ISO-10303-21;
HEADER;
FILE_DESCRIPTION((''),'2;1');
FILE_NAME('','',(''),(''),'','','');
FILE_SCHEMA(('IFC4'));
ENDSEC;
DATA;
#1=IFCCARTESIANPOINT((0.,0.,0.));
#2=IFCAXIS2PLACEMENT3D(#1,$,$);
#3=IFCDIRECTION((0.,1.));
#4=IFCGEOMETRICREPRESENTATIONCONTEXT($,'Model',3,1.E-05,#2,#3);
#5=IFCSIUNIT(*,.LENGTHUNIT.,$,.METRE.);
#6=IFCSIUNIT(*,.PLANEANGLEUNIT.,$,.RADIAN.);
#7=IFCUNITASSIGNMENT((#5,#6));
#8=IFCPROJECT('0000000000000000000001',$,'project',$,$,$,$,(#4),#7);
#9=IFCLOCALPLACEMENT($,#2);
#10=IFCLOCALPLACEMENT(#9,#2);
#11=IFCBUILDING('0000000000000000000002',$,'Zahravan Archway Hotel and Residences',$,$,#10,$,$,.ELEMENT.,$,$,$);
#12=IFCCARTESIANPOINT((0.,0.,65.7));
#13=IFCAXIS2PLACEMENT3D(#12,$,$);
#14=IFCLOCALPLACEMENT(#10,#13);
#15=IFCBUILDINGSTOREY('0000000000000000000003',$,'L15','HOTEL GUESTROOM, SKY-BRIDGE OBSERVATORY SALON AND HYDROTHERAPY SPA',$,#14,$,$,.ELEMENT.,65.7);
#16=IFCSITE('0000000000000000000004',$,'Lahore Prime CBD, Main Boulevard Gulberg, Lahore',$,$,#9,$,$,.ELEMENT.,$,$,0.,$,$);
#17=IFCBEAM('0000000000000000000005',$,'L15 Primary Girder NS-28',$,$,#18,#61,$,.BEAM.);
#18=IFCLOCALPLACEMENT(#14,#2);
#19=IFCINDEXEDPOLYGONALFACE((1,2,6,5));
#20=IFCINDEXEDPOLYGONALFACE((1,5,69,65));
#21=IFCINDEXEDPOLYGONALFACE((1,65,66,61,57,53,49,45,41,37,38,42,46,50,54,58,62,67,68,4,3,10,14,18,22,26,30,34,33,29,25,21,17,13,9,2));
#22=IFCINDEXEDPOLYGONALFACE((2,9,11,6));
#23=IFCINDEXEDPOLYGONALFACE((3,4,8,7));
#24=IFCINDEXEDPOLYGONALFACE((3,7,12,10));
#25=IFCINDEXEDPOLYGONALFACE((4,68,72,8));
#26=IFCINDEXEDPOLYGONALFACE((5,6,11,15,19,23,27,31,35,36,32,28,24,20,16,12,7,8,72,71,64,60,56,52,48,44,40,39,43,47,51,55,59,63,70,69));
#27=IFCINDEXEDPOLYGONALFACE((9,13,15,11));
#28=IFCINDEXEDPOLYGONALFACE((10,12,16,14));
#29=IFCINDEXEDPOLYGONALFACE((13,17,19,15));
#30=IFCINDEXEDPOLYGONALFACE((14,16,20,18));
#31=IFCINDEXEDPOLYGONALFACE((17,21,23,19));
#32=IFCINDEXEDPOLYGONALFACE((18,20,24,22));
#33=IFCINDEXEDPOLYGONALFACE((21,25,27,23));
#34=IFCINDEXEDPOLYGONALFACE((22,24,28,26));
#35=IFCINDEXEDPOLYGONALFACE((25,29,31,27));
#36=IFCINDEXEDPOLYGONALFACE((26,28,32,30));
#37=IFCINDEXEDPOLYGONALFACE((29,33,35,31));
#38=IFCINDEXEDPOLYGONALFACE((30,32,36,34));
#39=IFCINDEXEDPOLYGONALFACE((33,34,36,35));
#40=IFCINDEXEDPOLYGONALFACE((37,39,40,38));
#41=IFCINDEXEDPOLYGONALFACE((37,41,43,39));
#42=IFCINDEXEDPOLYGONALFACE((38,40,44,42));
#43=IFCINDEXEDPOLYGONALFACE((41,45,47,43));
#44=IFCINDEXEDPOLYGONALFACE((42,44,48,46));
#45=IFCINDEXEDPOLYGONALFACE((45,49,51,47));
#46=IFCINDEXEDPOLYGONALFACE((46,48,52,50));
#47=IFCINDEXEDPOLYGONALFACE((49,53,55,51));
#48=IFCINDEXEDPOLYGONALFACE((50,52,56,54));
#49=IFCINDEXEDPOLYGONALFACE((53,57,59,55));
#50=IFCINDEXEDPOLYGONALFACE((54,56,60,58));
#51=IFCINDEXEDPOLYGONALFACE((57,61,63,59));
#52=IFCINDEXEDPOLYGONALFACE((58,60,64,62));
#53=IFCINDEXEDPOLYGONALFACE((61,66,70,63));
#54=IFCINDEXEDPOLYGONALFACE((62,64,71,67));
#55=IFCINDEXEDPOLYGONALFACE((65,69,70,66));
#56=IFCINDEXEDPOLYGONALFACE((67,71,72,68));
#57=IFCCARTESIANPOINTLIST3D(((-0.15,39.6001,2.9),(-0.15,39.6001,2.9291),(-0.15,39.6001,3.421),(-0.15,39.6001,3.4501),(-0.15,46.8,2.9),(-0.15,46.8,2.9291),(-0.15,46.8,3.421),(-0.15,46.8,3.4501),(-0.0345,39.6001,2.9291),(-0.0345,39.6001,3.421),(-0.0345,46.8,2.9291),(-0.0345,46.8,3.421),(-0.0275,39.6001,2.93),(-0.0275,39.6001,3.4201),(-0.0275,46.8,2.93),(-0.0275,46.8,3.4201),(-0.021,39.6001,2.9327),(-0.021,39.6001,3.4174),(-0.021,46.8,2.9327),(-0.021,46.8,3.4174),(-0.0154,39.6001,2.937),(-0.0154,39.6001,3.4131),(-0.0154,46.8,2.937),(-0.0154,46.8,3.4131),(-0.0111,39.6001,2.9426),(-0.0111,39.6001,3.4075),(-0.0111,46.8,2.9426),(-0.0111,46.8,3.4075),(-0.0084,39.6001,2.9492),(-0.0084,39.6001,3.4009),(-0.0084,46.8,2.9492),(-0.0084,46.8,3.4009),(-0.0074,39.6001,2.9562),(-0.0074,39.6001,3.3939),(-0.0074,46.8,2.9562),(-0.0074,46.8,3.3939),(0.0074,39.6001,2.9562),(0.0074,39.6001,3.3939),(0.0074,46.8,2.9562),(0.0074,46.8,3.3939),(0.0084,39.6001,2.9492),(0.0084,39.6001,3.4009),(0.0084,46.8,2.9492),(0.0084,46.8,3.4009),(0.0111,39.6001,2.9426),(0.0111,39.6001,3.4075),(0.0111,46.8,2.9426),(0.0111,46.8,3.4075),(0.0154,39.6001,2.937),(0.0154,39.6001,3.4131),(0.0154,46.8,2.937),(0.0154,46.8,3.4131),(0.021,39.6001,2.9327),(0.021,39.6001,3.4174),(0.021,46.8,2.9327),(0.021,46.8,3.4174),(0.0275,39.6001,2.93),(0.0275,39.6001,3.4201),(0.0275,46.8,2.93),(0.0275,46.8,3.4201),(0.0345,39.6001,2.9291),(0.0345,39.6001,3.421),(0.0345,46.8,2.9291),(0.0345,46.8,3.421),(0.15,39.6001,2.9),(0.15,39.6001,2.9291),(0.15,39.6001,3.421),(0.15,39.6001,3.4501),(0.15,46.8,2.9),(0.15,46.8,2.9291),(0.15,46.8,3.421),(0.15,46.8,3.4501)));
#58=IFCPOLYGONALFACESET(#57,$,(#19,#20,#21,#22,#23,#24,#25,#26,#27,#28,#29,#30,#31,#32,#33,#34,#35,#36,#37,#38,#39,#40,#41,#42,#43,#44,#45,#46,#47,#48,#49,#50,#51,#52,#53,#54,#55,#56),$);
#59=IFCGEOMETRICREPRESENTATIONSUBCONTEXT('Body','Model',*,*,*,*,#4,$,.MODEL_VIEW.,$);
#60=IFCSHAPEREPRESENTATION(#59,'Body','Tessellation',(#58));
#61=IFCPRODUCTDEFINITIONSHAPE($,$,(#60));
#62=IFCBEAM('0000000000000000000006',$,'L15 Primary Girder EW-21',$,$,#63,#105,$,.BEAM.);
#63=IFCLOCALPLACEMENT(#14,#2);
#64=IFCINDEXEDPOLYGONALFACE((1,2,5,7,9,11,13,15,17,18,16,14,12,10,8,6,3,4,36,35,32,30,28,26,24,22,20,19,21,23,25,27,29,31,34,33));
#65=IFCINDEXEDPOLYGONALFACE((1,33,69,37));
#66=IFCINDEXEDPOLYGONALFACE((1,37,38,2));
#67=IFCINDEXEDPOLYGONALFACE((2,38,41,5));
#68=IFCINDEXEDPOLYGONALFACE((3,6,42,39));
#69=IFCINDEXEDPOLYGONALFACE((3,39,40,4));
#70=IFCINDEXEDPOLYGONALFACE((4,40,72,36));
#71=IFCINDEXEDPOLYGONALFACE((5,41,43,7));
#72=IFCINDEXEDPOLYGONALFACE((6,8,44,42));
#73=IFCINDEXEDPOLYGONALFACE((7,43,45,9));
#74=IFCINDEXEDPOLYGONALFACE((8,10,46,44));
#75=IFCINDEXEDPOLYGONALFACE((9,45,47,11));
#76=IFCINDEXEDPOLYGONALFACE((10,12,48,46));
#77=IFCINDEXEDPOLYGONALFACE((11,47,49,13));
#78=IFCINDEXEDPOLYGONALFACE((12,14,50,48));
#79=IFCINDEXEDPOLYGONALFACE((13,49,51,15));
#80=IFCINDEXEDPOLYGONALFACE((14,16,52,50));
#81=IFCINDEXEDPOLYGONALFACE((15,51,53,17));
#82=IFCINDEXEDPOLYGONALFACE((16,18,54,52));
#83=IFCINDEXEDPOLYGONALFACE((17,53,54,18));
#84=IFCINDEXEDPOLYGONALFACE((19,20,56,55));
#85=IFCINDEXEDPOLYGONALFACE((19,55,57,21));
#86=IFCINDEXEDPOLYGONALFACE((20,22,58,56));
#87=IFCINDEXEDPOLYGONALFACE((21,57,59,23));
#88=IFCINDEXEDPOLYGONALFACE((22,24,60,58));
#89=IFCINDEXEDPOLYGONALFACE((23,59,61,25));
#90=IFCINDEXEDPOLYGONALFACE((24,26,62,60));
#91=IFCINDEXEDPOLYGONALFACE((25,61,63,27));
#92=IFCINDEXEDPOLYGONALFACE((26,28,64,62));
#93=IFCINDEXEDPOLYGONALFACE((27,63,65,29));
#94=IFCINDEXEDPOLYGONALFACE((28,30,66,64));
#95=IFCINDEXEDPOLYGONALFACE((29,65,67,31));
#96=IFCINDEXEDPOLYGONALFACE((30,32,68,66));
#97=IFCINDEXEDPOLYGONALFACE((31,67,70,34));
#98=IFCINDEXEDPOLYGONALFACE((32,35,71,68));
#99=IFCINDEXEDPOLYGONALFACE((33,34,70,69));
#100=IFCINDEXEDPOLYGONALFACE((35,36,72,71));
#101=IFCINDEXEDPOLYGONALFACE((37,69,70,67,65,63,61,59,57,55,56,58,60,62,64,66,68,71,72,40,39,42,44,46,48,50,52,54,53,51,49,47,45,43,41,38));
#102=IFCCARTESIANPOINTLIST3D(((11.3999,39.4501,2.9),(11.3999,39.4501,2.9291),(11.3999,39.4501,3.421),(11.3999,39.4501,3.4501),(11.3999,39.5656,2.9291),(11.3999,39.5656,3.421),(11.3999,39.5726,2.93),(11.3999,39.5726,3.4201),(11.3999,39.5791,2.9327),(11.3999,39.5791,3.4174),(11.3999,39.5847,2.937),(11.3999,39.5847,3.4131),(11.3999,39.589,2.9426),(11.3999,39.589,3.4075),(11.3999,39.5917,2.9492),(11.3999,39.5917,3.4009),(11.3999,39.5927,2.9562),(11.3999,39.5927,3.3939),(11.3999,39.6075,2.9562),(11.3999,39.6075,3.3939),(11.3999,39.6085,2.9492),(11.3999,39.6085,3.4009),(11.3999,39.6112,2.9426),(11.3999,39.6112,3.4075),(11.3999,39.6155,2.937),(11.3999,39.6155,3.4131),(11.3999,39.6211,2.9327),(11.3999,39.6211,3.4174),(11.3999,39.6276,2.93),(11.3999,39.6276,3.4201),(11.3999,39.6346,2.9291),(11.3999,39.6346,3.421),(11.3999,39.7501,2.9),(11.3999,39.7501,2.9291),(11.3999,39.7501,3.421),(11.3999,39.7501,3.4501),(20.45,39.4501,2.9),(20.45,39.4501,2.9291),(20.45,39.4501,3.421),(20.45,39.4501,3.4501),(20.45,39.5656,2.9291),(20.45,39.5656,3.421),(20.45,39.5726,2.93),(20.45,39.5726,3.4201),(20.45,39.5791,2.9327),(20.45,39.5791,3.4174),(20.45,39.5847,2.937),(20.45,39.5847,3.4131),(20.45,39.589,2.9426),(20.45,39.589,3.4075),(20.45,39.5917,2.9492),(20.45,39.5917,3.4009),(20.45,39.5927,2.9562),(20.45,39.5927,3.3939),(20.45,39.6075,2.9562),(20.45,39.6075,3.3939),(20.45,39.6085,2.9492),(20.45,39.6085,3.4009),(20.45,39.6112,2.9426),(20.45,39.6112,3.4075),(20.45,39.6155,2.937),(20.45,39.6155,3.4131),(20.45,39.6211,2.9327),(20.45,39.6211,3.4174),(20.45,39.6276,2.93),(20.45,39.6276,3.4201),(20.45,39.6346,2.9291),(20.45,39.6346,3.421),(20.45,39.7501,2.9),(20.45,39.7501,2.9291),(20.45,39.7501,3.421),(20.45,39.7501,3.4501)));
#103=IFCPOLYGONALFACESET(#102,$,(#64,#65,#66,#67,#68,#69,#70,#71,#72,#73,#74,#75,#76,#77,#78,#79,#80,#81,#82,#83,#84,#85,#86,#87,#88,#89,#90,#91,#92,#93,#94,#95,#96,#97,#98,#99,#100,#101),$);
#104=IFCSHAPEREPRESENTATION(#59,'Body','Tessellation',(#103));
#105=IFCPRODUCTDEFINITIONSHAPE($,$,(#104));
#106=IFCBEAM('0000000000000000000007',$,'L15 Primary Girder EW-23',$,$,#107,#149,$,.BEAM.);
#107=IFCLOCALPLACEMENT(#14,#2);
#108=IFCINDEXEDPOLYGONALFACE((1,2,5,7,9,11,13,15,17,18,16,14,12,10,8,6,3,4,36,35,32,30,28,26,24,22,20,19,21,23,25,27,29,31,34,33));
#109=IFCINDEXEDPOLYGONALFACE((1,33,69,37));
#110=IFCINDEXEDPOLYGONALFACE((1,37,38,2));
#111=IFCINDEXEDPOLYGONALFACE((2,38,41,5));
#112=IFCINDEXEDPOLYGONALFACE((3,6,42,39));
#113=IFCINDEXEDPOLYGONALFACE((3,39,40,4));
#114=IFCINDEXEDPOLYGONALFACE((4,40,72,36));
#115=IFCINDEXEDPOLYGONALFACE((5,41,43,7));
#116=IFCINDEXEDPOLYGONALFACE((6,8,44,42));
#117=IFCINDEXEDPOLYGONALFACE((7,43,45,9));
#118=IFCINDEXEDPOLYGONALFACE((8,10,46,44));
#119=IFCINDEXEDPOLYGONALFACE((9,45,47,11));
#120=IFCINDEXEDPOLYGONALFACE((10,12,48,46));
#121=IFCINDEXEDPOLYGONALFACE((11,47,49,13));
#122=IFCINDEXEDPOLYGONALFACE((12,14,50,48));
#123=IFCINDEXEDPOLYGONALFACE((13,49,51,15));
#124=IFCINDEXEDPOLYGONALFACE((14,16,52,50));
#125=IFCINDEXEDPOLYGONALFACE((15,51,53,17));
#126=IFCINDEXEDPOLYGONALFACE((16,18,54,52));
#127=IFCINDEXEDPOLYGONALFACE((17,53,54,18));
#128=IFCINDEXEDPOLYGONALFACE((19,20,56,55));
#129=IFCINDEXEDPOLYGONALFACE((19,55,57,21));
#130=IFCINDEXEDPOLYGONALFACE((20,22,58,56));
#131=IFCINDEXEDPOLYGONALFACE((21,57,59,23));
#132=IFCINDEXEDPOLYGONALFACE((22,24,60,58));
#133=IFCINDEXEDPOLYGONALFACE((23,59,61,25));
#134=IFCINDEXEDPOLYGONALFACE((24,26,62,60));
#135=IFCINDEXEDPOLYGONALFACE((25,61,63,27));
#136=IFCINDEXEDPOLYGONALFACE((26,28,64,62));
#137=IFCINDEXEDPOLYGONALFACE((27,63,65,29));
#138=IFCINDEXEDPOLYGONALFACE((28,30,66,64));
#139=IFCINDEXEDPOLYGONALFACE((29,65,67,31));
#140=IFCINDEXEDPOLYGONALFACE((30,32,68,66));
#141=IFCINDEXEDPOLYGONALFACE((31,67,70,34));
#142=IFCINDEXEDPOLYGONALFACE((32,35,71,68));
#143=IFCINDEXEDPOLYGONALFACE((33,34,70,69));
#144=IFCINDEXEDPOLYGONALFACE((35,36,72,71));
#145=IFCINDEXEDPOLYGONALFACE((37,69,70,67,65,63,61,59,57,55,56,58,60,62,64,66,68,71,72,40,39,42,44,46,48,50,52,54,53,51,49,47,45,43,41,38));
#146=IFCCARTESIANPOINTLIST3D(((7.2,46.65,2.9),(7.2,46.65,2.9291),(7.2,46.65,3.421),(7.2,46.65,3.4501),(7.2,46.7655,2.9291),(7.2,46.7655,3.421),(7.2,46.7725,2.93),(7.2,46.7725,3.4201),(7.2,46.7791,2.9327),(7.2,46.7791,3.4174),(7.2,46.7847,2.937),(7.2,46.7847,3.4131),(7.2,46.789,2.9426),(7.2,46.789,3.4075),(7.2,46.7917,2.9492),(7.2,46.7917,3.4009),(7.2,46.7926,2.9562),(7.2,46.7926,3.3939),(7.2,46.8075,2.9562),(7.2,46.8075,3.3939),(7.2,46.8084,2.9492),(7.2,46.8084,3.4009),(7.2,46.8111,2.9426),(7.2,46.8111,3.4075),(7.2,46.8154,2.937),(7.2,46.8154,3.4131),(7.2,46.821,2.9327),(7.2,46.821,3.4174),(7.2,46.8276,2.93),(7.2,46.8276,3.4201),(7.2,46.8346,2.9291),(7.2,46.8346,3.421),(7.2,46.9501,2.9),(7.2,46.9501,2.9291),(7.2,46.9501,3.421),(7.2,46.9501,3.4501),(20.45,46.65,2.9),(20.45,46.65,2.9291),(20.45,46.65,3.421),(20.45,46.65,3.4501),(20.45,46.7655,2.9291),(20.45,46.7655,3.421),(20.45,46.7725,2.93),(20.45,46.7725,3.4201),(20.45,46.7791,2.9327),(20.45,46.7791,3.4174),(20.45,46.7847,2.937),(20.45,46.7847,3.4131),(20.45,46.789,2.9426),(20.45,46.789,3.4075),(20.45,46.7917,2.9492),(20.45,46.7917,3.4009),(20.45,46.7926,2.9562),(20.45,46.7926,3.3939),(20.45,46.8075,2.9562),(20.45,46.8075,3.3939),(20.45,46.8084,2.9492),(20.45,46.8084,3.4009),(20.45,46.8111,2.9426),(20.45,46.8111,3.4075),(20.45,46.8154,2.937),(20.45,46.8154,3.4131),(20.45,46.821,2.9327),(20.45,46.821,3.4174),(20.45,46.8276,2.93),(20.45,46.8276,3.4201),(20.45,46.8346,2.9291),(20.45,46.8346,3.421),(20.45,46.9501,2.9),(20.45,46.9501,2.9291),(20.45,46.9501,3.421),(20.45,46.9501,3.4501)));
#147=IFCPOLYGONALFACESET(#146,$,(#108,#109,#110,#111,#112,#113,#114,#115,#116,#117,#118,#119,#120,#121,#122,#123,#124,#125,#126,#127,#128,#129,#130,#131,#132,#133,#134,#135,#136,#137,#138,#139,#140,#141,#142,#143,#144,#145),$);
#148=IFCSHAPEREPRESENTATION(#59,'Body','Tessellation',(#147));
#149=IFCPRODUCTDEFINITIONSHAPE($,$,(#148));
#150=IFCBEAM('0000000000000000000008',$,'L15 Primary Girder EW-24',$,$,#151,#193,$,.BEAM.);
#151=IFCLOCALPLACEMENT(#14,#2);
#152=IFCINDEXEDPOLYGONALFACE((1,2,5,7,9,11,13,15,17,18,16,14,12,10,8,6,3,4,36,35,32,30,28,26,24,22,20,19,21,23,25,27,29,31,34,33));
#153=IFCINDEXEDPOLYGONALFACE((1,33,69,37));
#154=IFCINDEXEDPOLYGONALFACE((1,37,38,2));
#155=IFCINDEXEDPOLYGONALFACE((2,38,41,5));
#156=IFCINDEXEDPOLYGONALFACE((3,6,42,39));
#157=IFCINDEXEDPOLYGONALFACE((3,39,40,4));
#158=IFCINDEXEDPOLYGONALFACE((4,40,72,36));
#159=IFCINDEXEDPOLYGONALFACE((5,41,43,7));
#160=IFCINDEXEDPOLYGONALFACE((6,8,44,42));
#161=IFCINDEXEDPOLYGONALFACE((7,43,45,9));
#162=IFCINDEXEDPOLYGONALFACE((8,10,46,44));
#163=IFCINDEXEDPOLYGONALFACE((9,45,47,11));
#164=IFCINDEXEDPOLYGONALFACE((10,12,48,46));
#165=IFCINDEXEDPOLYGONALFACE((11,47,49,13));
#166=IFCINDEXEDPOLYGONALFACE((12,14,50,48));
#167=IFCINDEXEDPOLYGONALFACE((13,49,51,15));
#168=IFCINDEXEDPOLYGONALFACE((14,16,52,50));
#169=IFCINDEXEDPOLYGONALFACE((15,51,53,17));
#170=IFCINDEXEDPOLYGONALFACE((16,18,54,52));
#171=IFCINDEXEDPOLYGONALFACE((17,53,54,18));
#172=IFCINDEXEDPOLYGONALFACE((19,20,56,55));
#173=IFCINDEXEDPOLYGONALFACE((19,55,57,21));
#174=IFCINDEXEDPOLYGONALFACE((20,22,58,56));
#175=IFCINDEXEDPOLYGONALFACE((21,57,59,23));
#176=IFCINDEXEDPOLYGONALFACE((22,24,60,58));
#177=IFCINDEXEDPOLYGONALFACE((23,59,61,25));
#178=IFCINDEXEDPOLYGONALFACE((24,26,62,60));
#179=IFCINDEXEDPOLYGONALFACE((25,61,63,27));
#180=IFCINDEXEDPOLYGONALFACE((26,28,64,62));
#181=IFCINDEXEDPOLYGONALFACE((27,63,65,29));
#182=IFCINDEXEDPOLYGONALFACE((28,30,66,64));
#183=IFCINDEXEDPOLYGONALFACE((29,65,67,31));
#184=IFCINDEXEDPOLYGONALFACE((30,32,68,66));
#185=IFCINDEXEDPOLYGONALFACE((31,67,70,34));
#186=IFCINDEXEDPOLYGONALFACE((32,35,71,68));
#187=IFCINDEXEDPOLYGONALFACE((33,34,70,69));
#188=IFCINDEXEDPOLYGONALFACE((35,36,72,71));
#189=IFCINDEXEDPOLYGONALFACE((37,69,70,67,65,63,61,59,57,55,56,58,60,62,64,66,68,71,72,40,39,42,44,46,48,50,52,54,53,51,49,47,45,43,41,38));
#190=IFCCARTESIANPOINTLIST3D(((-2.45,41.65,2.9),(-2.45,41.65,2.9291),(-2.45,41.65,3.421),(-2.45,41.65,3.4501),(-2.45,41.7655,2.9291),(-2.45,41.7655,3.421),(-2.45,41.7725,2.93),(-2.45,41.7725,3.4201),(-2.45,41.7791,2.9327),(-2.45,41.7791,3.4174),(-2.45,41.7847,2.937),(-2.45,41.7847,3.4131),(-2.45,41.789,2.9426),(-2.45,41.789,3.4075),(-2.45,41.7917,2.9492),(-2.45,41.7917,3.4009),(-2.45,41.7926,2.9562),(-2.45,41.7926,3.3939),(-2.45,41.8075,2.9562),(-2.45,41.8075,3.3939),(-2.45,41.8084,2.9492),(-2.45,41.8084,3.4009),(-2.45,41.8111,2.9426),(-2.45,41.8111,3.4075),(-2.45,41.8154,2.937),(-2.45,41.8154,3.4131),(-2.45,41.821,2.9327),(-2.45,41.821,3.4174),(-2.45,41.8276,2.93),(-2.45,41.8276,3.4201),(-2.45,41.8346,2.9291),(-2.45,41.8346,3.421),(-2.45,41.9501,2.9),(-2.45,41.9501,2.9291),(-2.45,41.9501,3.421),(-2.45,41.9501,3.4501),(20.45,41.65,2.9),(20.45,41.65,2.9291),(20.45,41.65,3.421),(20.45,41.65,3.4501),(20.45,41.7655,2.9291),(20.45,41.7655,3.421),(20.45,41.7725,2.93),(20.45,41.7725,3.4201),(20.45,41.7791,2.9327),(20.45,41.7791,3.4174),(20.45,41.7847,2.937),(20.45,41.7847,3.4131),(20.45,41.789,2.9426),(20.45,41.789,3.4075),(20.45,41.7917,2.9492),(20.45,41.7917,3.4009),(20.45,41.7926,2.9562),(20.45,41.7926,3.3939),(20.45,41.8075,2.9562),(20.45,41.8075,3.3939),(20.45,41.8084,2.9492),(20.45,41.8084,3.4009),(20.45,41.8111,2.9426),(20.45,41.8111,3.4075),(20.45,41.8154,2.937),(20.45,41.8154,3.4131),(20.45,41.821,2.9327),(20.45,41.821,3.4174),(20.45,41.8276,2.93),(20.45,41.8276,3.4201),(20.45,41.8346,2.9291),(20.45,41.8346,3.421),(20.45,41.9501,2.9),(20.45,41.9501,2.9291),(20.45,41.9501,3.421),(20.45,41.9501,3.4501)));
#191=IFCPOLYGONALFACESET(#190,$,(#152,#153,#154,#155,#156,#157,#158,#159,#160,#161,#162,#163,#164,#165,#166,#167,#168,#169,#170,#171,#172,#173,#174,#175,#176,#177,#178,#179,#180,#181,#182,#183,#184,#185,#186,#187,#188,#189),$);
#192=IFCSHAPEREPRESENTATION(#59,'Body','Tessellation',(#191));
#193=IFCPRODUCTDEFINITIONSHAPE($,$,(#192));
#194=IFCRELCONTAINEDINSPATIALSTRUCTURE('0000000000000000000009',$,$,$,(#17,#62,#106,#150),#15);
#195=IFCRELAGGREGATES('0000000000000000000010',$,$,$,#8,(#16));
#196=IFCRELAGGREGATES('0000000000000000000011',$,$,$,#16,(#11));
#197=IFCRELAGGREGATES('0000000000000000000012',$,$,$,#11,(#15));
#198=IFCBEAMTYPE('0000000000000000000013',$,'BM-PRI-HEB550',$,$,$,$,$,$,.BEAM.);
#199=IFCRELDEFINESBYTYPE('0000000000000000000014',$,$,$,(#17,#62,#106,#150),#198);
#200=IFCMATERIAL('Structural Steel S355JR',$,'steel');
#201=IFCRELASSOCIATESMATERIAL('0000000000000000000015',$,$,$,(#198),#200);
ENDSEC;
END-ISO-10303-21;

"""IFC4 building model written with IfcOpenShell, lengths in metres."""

from ifc_helpers import new_model, si_unit, direction, frame, origin, origin_2d, place, context, subcontext, project, spatial, i_section, extrude, source, transform, mapped, material, material_profile, profile_set, type_object, element, save


model = new_model("IFC4")

# Units and contexts
model_context = context("Model", 3, precision=1e-05, world=origin(), true_north=direction((0.0, 1.0)))
body_context = subcontext(model_context, "Body", "Model", "MODEL_VIEW")
ifc_project = project(units=[si_unit("LENGTHUNIT", "METRE"), si_unit("PLANEANGLEUNIT", "RADIAN")], contexts=[model_context])

# Site, building, storey
site_placement = place(None, origin())
site = spatial("IfcSite", under=ifc_project, at=site_placement, Name="Lahore Prime CBD, Main Boulevard Gulberg, Lahore", CompositionType="ELEMENT", RefElevation=0.0)
building_placement = place(site_placement, origin())
building = spatial("IfcBuilding", under=site, at=building_placement, Name="Zahravan Archway Hotel and Residences", CompositionType="ELEMENT")
storey_placement = place(building_placement, frame((0.0, 0.0, 65.7)))
storey = spatial("IfcBuildingStorey", under=building, at=storey_placement, Name="L15", Description="HOTEL GUESTROOM, SKY-BRIDGE OBSERVATORY SALON AND HYDROTHERAPY SPA", CompositionType="ELEMENT", Elevation=65.7)

# Beams
ifc_material_1 = material(Name="Structural Steel S355JR", Category="steel")
ifc_material_profile_1 = material_profile(ifc_material_1, i_section(OverallWidth=0.3, OverallDepth=0.55, WebThickness=0.0149, FlangeThickness=0.0291, FilletRadius=0.0271, at=origin_2d()), Name="HEB 550", Category="steel")
ifc_profile_set_1 = profile_set([ifc_material_profile_1], Name="Structural Steel S355JR")
beam_type_1 = type_object("IfcBeamType", Name="BM-PRI-HEB550", PredefinedType="BEAM", material=ifc_profile_set_1)
shared_shape_1 = source(origin(), body_context, "Body", "SweptSolid", [
    extrude(i_section(OverallWidth=0.3, OverallDepth=0.55, WebThickness=0.0149, FlangeThickness=0.0291, FilletRadius=0.0271, at=origin_2d()), origin(), (0.0, 0.0, 1.0), 7.2),
])
for number, where, z_axis, x_axis, name in (
    (1, (0.0, 39.6001, 3.175), (0.0, 1.0, 0.0), (-1.0, 0.0, 0.0), "L15 Primary Girder NS-28"),
):
    element("IfcBeam", number, at=place(storey_placement, frame(where, z_axis=z_axis, x_axis=x_axis)), inside=storey, type_object=beam_type_1, Name=name, PredefinedType="BEAM", context=body_context, shape_type="MappedRepresentation", body=[
        mapped(shared_shape_1, transform((0.0, 0.0, 0.0), scale=1.0)),
    ])
shared_shape_2 = source(origin(), body_context, "Body", "SweptSolid", [
    extrude(i_section(OverallWidth=0.3, OverallDepth=0.55, WebThickness=0.0149, FlangeThickness=0.0291, FilletRadius=0.0271, at=origin_2d()), origin(), (0.0, 0.0, 1.0), 9.05),
])
beam_1_placement = place(storey_placement, frame((11.3999, 39.6001, 3.175), z_axis=(1.0, 0.0, 0.0), x_axis=(0.0, 1.0, 0.0)))
element("IfcBeam", 2, at=beam_1_placement, inside=storey, type_object=beam_type_1, Name="L15 Primary Girder EW-21", PredefinedType="BEAM", context=body_context, shape_type="MappedRepresentation", body=[
    mapped(shared_shape_2, transform((0.0, 0.0, 0.0), scale=1.0)),
])
shared_shape_3 = source(origin(), body_context, "Body", "SweptSolid", [
    extrude(i_section(OverallWidth=0.3, OverallDepth=0.55, WebThickness=0.0149, FlangeThickness=0.0291, FilletRadius=0.0271, at=origin_2d()), origin(), (0.0, 0.0, 1.0), 13.25),
])
beam_2_placement = place(storey_placement, frame((7.2, 46.8, 3.175), z_axis=(1.0, 0.0, 0.0), x_axis=(0.0, 1.0, 0.0)))
element("IfcBeam", 3, at=beam_2_placement, inside=storey, type_object=beam_type_1, Name="L15 Primary Girder EW-23", PredefinedType="BEAM", context=body_context, shape_type="MappedRepresentation", body=[
    mapped(shared_shape_3, transform((0.0, 0.0, 0.0), scale=1.0)),
])
shared_shape_4 = source(origin(), body_context, "Body", "SweptSolid", [
    extrude(i_section(OverallWidth=0.3, OverallDepth=0.55, WebThickness=0.0149, FlangeThickness=0.0291, FilletRadius=0.0271, at=origin_2d()), origin(), (0.0, 0.0, 1.0), 22.8999),
])
for number, where, z_axis, x_axis, name in (
    (4, (-2.45, 41.8, 3.175), (1.0, 0.0, 0.0), (0.0, 1.0, 0.0), "L15 Primary Girder EW-24"),
):
    element("IfcBeam", number, at=place(storey_placement, frame(where, z_axis=z_axis, x_axis=x_axis)), inside=storey, type_object=beam_type_1, Name=name, PredefinedType="BEAM", context=body_context, shape_type="MappedRepresentation", body=[
        mapped(shared_shape_4, transform((0.0, 0.0, 0.0), scale=1.0)),
    ])

save(model, "model.ifc")
